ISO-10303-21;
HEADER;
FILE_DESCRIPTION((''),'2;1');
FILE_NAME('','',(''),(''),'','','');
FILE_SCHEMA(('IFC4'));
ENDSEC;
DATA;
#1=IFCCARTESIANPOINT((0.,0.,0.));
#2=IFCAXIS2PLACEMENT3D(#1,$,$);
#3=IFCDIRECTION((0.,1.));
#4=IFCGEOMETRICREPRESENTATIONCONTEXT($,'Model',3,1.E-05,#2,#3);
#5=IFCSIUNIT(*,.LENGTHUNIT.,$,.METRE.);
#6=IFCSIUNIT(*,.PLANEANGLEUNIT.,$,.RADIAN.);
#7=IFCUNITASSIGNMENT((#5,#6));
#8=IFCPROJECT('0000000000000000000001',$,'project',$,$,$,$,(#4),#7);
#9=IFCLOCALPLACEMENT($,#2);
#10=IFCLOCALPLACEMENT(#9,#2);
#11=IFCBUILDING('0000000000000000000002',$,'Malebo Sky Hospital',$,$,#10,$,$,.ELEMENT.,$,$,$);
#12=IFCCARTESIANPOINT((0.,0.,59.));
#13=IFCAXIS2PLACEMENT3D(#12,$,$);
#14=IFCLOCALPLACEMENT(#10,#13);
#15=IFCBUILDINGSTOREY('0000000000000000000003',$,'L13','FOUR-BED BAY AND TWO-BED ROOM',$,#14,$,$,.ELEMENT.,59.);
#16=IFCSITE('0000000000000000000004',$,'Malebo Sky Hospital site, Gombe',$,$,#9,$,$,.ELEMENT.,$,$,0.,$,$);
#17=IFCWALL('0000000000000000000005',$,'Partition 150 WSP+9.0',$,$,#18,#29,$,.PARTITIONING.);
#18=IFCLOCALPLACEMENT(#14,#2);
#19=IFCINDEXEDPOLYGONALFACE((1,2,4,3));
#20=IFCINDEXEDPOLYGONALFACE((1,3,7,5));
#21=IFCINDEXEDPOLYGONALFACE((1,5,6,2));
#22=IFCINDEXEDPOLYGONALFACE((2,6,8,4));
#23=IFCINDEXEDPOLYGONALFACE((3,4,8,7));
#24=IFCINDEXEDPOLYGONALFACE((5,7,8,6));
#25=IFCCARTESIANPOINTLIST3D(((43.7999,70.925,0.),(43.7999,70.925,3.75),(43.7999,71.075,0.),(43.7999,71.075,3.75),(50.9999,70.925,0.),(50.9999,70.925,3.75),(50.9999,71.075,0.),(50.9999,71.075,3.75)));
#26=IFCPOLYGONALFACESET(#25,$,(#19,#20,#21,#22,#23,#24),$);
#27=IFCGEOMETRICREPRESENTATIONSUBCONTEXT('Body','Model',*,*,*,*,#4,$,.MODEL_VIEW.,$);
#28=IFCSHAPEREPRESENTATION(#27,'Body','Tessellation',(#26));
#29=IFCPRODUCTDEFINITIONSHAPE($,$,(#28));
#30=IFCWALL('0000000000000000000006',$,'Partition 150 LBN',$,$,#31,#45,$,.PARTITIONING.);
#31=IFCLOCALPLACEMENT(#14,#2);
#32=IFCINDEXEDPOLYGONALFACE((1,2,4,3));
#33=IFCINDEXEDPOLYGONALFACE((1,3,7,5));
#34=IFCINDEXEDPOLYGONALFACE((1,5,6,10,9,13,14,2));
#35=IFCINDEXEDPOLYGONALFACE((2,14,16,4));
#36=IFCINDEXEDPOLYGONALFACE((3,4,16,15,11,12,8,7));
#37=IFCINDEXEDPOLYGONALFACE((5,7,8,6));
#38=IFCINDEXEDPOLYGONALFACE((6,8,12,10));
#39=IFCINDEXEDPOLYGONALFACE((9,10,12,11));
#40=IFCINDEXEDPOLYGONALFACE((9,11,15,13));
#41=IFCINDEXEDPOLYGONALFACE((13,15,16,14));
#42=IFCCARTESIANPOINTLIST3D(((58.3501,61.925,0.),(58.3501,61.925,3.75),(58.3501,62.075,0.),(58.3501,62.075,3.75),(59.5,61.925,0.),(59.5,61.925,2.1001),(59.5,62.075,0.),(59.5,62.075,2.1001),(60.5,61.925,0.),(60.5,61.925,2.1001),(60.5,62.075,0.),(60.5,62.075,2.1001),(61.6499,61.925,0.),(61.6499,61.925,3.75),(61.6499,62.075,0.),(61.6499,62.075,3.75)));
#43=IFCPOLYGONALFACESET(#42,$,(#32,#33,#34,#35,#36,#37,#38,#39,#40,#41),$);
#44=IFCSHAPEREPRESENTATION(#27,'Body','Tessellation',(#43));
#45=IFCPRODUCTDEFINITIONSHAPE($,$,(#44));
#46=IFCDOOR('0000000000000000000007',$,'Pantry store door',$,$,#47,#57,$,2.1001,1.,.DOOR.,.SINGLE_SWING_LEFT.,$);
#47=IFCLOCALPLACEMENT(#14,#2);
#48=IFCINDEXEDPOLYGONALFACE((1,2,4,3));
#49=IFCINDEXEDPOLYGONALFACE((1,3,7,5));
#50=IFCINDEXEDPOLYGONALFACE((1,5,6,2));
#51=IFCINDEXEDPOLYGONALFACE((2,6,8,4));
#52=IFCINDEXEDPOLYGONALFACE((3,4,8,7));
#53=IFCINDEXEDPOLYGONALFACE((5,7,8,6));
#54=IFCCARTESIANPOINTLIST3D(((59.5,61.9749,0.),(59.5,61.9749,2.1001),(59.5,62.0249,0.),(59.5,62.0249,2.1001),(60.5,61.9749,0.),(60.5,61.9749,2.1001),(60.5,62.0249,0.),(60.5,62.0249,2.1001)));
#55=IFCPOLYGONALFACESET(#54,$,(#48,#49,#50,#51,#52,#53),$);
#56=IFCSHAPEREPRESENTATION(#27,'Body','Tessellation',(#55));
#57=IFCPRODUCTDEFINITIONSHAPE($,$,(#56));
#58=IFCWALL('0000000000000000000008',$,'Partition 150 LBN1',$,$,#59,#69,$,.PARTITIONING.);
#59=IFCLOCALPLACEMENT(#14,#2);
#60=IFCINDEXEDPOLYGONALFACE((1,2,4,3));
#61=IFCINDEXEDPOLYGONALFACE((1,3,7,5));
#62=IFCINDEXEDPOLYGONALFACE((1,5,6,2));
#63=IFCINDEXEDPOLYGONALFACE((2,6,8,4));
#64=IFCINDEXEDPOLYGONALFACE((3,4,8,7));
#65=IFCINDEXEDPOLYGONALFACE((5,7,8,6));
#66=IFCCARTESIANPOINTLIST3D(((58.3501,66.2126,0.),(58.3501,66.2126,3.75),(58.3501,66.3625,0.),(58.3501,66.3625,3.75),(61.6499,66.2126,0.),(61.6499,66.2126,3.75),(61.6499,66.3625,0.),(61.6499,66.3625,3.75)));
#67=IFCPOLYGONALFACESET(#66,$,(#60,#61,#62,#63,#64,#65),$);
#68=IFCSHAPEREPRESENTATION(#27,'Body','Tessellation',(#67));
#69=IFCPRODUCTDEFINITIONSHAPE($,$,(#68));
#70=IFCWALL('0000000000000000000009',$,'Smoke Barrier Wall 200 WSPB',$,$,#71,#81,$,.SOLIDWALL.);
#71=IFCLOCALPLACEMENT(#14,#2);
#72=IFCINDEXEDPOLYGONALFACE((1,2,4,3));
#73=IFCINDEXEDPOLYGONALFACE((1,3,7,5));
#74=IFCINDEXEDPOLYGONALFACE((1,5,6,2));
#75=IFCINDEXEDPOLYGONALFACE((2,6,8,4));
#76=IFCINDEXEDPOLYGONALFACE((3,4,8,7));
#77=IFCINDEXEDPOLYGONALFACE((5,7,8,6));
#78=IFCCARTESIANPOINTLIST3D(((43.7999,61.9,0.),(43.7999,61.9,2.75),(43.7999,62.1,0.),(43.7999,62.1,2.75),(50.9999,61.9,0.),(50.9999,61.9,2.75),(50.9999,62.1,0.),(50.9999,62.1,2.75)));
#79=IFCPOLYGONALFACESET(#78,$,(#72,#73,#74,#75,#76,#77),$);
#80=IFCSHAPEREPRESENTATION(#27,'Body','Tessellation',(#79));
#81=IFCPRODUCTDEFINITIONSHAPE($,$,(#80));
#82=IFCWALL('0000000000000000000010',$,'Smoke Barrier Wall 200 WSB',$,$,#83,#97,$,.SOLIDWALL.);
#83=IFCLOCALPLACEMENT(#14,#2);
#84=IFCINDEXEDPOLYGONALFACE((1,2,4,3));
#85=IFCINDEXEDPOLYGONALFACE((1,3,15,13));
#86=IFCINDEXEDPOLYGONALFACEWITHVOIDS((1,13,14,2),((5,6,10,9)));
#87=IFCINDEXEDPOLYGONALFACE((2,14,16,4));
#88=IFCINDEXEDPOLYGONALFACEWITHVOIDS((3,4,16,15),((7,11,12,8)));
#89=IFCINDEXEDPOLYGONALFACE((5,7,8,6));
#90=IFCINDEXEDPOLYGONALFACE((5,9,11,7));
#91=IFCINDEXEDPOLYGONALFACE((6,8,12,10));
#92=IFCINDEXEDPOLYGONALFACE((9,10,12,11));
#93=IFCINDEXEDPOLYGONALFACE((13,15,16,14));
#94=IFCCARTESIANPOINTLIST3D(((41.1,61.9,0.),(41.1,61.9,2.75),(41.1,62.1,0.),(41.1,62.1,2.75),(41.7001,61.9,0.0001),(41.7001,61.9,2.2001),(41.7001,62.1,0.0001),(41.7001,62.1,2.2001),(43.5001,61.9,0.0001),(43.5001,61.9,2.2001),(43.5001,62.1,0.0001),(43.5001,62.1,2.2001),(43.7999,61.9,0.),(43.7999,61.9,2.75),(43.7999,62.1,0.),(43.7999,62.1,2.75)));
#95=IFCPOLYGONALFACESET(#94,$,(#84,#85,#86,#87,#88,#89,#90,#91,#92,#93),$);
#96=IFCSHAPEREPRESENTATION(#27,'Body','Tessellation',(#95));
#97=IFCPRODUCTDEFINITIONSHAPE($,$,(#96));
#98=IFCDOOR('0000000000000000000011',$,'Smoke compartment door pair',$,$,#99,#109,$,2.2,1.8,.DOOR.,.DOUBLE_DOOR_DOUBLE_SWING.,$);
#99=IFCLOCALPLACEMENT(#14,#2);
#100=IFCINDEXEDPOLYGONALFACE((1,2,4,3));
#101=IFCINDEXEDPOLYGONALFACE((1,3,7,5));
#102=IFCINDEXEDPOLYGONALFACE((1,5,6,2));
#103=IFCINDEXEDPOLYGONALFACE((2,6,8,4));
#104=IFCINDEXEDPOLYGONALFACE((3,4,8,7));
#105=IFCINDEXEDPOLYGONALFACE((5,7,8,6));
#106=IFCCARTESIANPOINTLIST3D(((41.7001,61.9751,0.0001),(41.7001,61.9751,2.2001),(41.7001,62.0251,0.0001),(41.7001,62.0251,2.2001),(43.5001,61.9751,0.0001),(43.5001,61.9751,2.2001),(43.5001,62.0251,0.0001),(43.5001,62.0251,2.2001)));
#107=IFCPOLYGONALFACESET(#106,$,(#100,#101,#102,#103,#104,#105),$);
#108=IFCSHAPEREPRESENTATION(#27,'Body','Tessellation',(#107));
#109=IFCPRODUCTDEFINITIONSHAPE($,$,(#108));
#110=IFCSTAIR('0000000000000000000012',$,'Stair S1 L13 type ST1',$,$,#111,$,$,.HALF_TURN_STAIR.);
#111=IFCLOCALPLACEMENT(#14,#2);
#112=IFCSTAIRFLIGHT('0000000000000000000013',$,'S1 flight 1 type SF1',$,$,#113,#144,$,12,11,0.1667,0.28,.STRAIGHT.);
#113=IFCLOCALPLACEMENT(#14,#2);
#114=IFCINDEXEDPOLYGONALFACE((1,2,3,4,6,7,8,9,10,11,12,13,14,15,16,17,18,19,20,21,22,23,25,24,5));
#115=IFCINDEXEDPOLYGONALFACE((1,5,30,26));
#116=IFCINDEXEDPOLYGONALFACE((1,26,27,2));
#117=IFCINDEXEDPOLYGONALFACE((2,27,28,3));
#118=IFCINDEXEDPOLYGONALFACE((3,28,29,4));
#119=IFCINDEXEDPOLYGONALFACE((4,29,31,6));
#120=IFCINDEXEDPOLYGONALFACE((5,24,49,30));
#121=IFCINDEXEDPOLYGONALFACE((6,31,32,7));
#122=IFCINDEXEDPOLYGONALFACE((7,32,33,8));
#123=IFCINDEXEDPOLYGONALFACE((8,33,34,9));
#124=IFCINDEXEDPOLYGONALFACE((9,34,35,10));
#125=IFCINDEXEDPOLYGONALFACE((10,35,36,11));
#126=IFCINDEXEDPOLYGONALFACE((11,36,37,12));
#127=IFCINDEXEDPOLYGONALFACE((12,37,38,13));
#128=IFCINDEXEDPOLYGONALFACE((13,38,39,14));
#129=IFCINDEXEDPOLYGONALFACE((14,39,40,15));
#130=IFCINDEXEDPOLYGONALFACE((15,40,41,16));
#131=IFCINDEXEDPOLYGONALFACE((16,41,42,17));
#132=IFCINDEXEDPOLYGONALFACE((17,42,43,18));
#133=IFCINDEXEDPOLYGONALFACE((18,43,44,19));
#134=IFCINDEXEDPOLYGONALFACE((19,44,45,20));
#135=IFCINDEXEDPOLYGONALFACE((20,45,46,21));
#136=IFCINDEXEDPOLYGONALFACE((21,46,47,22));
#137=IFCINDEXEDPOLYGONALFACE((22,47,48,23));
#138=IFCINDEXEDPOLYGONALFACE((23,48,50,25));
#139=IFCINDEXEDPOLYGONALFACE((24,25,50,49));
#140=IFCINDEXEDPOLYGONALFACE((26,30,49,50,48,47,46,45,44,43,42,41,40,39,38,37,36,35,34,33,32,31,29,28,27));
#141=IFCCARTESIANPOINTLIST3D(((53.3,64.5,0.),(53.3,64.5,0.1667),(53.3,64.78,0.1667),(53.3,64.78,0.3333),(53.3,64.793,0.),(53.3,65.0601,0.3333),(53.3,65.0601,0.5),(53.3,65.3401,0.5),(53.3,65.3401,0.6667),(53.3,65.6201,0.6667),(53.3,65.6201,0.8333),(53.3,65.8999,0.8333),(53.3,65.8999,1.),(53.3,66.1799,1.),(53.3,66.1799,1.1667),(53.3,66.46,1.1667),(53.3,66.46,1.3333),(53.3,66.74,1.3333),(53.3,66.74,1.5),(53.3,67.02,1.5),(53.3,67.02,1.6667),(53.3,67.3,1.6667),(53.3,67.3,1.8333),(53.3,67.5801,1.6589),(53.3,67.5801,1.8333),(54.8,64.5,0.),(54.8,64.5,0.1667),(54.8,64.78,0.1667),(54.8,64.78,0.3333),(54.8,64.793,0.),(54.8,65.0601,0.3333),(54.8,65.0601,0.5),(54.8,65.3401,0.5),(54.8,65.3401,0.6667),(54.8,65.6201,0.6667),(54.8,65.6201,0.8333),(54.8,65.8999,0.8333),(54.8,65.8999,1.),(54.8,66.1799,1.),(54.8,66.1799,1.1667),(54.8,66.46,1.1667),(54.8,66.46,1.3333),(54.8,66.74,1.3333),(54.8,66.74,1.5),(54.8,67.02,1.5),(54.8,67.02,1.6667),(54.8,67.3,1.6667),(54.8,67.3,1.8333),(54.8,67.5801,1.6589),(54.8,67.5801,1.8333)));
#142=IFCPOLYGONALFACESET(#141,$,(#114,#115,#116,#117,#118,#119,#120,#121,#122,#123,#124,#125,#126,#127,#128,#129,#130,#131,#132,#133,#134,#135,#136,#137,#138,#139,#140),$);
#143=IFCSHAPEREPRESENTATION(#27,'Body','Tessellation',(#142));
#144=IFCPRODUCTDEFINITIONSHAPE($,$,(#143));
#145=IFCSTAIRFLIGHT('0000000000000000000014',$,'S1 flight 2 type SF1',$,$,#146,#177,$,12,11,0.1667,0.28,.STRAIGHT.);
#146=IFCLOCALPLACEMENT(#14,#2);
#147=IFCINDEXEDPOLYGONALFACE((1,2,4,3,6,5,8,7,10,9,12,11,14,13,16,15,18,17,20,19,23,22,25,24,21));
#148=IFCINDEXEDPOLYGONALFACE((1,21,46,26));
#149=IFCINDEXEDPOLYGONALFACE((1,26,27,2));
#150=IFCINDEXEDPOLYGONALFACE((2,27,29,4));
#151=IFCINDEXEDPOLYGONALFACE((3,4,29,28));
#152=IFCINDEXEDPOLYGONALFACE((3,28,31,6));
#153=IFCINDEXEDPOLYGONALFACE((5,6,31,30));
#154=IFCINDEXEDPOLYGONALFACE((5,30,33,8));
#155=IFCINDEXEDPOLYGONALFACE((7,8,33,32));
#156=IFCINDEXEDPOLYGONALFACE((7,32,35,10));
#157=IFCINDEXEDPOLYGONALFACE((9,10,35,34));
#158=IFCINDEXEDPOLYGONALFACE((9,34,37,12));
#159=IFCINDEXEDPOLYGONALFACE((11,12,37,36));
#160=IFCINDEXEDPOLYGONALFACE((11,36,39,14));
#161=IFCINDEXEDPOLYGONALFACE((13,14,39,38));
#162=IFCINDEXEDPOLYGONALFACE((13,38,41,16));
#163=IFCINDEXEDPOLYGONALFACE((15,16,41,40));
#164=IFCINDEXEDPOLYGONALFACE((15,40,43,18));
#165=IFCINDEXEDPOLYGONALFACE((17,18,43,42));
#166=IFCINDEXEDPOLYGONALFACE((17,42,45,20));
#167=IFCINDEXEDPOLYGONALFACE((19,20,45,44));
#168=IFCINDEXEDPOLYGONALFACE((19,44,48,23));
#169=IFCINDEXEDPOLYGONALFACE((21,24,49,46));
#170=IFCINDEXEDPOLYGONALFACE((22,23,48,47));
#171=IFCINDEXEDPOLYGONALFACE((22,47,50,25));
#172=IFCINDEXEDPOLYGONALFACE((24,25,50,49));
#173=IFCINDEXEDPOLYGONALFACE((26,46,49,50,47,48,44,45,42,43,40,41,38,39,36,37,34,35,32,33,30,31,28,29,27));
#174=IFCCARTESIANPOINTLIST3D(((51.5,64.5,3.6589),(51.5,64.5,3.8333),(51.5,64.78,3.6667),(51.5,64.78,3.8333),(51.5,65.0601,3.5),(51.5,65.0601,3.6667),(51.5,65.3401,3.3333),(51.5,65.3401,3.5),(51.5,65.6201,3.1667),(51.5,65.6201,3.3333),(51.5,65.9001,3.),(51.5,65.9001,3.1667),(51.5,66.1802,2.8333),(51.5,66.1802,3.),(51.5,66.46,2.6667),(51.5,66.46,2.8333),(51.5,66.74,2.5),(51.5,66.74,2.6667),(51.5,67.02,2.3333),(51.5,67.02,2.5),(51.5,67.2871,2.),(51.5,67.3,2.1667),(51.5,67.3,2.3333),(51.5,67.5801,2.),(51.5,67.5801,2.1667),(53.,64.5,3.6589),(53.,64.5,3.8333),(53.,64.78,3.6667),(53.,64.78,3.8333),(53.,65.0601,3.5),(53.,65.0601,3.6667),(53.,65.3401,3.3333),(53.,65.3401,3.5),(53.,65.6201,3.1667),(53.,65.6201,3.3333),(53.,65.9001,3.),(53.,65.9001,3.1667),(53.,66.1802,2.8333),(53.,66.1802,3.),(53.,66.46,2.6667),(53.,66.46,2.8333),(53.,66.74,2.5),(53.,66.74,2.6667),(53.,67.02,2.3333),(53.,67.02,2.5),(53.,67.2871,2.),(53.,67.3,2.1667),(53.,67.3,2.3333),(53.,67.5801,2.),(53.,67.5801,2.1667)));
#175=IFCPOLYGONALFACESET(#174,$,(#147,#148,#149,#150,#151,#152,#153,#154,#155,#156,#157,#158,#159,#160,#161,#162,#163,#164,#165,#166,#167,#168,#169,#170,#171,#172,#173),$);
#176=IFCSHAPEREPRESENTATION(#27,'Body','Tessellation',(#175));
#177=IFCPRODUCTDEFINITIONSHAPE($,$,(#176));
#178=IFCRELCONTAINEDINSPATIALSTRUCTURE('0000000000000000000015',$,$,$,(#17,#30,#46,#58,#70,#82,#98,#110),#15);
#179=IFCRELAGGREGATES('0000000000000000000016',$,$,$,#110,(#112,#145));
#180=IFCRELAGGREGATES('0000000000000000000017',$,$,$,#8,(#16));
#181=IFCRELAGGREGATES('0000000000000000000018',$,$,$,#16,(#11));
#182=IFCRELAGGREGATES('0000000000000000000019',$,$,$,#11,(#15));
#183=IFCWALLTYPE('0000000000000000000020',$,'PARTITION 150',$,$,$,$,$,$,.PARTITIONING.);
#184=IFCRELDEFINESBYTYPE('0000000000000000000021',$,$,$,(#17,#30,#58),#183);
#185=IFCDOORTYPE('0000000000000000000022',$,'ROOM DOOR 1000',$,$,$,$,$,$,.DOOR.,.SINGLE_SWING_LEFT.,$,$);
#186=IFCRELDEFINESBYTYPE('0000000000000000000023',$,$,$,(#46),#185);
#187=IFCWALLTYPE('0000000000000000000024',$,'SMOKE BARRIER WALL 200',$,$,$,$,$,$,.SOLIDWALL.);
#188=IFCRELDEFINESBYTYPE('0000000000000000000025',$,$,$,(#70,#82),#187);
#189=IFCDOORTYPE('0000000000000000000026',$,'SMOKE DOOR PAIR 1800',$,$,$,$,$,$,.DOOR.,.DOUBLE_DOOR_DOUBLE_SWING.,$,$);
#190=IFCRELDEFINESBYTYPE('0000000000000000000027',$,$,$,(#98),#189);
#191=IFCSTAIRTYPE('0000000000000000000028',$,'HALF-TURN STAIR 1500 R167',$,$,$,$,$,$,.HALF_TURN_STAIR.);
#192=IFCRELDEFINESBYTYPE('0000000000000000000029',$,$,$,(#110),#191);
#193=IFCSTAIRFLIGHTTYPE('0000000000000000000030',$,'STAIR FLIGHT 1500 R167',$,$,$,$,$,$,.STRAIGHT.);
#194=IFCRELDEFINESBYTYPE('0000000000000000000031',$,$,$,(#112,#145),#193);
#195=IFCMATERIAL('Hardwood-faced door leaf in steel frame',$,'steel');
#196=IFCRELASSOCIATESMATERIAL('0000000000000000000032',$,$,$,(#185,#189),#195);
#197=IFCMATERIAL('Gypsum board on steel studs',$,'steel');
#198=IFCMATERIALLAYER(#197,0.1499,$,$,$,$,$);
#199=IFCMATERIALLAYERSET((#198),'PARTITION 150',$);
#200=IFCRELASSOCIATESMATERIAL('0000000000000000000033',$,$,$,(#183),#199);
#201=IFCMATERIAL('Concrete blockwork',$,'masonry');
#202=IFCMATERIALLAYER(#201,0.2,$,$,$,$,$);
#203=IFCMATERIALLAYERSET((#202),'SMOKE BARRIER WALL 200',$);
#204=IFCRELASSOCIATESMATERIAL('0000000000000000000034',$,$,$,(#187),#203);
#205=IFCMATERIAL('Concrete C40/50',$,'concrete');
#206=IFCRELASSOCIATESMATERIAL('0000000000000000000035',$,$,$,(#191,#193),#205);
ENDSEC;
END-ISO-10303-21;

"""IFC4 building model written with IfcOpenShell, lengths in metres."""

from ifc_helpers import new_model, si_unit, direction, frame, frame_2d, origin, place, context, subcontext, project, spatial, polyline, rectangle, outline, extrude, material, layer, layer_set, type_object, element, fill, aggregate, save


model = new_model("IFC4")

# Units and contexts
model_context = context("Model", 3, precision=1e-05, world=origin(), true_north=direction((0.0, 1.0)))
body_context = subcontext(model_context, "Body", "Model", "MODEL_VIEW")
ifc_project = project(units=[si_unit("LENGTHUNIT", "METRE"), si_unit("PLANEANGLEUNIT", "RADIAN")], contexts=[model_context])

# Site, building, storey
site_placement = place(None, origin())
site = spatial("IfcSite", under=ifc_project, at=site_placement, Name="Malebo Sky Hospital site, Gombe", CompositionType="ELEMENT", RefElevation=0.0)
building_placement = place(site_placement, origin())
building = spatial("IfcBuilding", under=site, at=building_placement, Name="Malebo Sky Hospital", CompositionType="ELEMENT")
storey_placement = place(building_placement, frame((0.0, 0.0, 59.0)))
storey = spatial("IfcBuildingStorey", under=building, at=storey_placement, Name="L13", Description="FOUR-BED BAY AND TWO-BED ROOM", CompositionType="ELEMENT", Elevation=59.0)

# Shared definitions
ifc_material_1 = material(Name="Hardwood-faced door leaf in steel frame", Category="steel")
ifc_material_2 = material(Name="Gypsum board on steel studs", Category="steel")
door_type_1 = type_object("IfcDoorType", Name="ROOM DOOR 1000", OperationType="SINGLE_SWING_LEFT", PredefinedType="DOOR", material=ifc_material_1)

# Shared definitions
ifc_layer_1 = layer(ifc_material_2, 0.1499)
ifc_layer_set_1 = layer_set([ifc_layer_1], Name="PARTITION 150")
wall_type_1 = type_object("IfcWallType", Name="PARTITION 150", PredefinedType="PARTITIONING", material=ifc_layer_set_1)

# Wall
wall_1_placement = place(storey_placement, frame((51.0, 71.0, 0.0), z_axis=(0.0, 0.0, 1.0), x_axis=(-1.0, 0.0, 0.0)))
element("IfcWall", 1, at=wall_1_placement, inside=storey, type_object=wall_type_1, Name="Partition 150 WSP+9.0", PredefinedType="PARTITIONING", context=body_context, shape_type="SweptSolid", body=[
    extrude(rectangle(XDim=7.2, YDim=0.1499, at=frame_2d((3.6001, 0.0))), origin(), (0.0, 0.0, 1.0), 3.75),
])

# Wall, opening, door
wall_2_placement = place(storey_placement, frame((58.3501, 62.0, 0.0), z_axis=(0.0, 0.0, 1.0), x_axis=(1.0, 0.0, 0.0)))
wall_2 = element("IfcWall", 2, at=wall_2_placement, inside=storey, type_object=wall_type_1, Name="Partition 150 LBN", PredefinedType="PARTITIONING", context=body_context, shape_type="SweptSolid", body=[
    extrude(rectangle(XDim=3.2998, YDim=0.1499, at=frame_2d((1.6499, 0.0))), origin(), (0.0, 0.0, 1.0), 3.75),
])
opening_1_placement = place(wall_2_placement, frame((1.1499, 0.0, 0.0)))
opening_1 = element("IfcOpeningElement", 3, at=opening_1_placement, cuts=wall_2, PredefinedType="OPENING", context=body_context, shape_type="SweptSolid", body=[
    extrude(rectangle(XDim=1.0, YDim=2.1001, at=frame_2d((0.5, 1.05))), frame((0.0, 0.085, 0.0), z_axis=(0.0, -1.0, 0.0), x_axis=(1.0, 0.0, 0.0)), (0.0, 0.0, 1.0), 0.1699),
])
door_1_placement = place(opening_1_placement, origin())
door_1 = element("IfcDoor", 4, at=door_1_placement, inside=storey, type_object=door_type_1, Name="Pantry store door", OperationType="SINGLE_SWING_LEFT", OverallHeight=2.1001, OverallWidth=1.0, PredefinedType="DOOR", context=body_context, shape_type="SweptSolid", body=[
    extrude(rectangle(XDim=1.0, YDim=2.1001, at=frame_2d((0.5, 1.05))), frame((0.0, 0.0249, 0.0), z_axis=(0.0, -1.0, 0.0), x_axis=(1.0, 0.0, 0.0)), (0.0, 0.0, 1.0), 0.05),
])
fill(opening_1, door_1)

# Walls
wall_3_placement = place(storey_placement, frame((58.3501, 66.2876, 0.0), z_axis=(0.0, 0.0, 1.0), x_axis=(1.0, 0.0, 0.0)))
element("IfcWall", 5, at=wall_3_placement, inside=storey, type_object=wall_type_1, Name="Partition 150 LBN1", PredefinedType="PARTITIONING", context=body_context, shape_type="SweptSolid", body=[
    extrude(rectangle(XDim=3.2998, YDim=0.1499, at=frame_2d((1.6499, 0.0))), origin(), (0.0, 0.0, 1.0), 3.75),
])
ifc_material_3 = material(Name="Concrete blockwork", Category="masonry")
ifc_layer_2 = layer(ifc_material_3, 0.2)
ifc_layer_set_2 = layer_set([ifc_layer_2], Name="SMOKE BARRIER WALL 200")
wall_type_2 = type_object("IfcWallType", Name="SMOKE BARRIER WALL 200", PredefinedType="SOLIDWALL", material=ifc_layer_set_2)
wall_4_placement = place(storey_placement, frame((51.0, 62.0, 0.0), z_axis=(0.0, 0.0, 1.0), x_axis=(-1.0, 0.0, 0.0)))
element("IfcWall", 6, at=wall_4_placement, inside=storey, type_object=wall_type_2, Name="Smoke Barrier Wall 200 WSPB", PredefinedType="SOLIDWALL", context=body_context, shape_type="SweptSolid", body=[
    extrude(rectangle(XDim=7.2, YDim=0.2, at=frame_2d((3.6001, 0.0))), origin(), (0.0, 0.0, 1.0), 2.75),
])

# Wall, opening, door
wall_5_placement = place(storey_placement, frame((43.8, 62.0, 0.0), z_axis=(0.0, 0.0, 1.0), x_axis=(-1.0, 0.0, 0.0)))
wall_5 = element("IfcWall", 7, at=wall_5_placement, inside=storey, type_object=wall_type_2, Name="Smoke Barrier Wall 200 WSB", PredefinedType="SOLIDWALL", context=body_context, shape_type="SweptSolid", body=[
    extrude(rectangle(XDim=2.7, YDim=0.2, at=frame_2d((1.3501, 0.0))), origin(), (0.0, 0.0, 1.0), 2.75),
])
opening_2_placement = place(wall_5_placement, frame((0.3, 0.0, 0.0)))
opening_2 = element("IfcOpeningElement", 8, at=opening_2_placement, cuts=wall_5, PredefinedType="OPENING", context=body_context, shape_type="SweptSolid", body=[
    extrude(rectangle(XDim=1.8, YDim=2.2, at=frame_2d((0.8999, 1.1001))), frame((0.0, 0.1099, 0.0), z_axis=(0.0, -1.0, 0.0), x_axis=(1.0, 0.0, 0.0)), (0.0, 0.0, 1.0), 0.22),
])
door_type_2 = type_object("IfcDoorType", Name="SMOKE DOOR PAIR 1800", OperationType="DOUBLE_DOOR_DOUBLE_SWING", PredefinedType="DOOR", material=ifc_material_1)
door_2_placement = place(opening_2_placement, origin())
door_2 = element("IfcDoor", 9, at=door_2_placement, inside=storey, type_object=door_type_2, Name="Smoke compartment door pair", OperationType="DOUBLE_DOOR_DOUBLE_SWING", OverallHeight=2.2, OverallWidth=1.8, PredefinedType="DOOR", context=body_context, shape_type="SweptSolid", body=[
    extrude(rectangle(XDim=1.8, YDim=2.2, at=frame_2d((0.8999, 1.1001))), frame((0.0, 0.0249, 0.0), z_axis=(0.0, -1.0, 0.0), x_axis=(1.0, 0.0, 0.0)), (0.0, 0.0, 1.0), 0.05),
])
fill(opening_2, door_2)

# Stair, stair flights
ifc_material_4 = material(Name="Concrete C40/50", Category="concrete")
stair_type = type_object("IfcStairType", Name="HALF-TURN STAIR 1500 R167", PredefinedType="HALF_TURN_STAIR", material=ifc_material_4)
stair_placement = place(storey_placement, origin())
stair = element("IfcStair", 10, at=stair_placement, inside=storey, type_object=stair_type, Name="Stair S1 L13 type ST1", PredefinedType="HALF_TURN_STAIR")
stair_flight_type = type_object("IfcStairFlightType", Name="STAIR FLIGHT 1500 R167", PredefinedType="STRAIGHT", material=ifc_material_4)
stair_flight_1_placement = place(storey_placement, frame((54.05, 64.5, 0.0), z_axis=(0.0, 0.0, 1.0), x_axis=(0.0, 1.0, 0.0)))
stair_flight_1 = element("IfcStairFlight", 11, at=stair_flight_1_placement, type_object=stair_flight_type, Name="S1 flight 1 type SF1", NumberOfRisers=12, NumberOfTreads=11, PredefinedType="STRAIGHT", RiserHeight=0.1667, TreadLength=0.28, context=body_context, shape_type="SweptSolid", body=[
    extrude(outline(polyline([(0.0, 0.0), (0.0, 0.1667), (0.28, 0.1667), (0.28, 0.3333), (0.5601, 0.3333), (0.5601, 0.5), (0.8401, 0.5), (0.8401, 0.6667), (1.1201, 0.6667), (1.1201, 0.8333), (1.3999, 0.8333), (1.3999, 1.0), (1.6799, 1.0), (1.6799, 1.1667), (1.96, 1.1667), (1.96, 1.3333), (2.24, 1.3333), (2.24, 1.5), (2.52, 1.5), (2.52, 1.6667), (2.8, 1.6667), (2.8, 1.8333), (3.0801, 1.8333), (3.0801, 2.0), (3.0801, 1.6589), (0.293, 0.0), (0.0, 0.0)])), frame((0.0, 0.75, 0.0), z_axis=(0.0, -1.0, 0.0), x_axis=(1.0, 0.0, 0.0)), (0.0, 0.0, 1.0), 1.5),
])
stair_flight_2_placement = place(storey_placement, frame((52.25, 67.5801, 2.0), z_axis=(0.0, 0.0, 1.0), x_axis=(0.0, -1.0, 0.0)))
stair_flight_2 = element("IfcStairFlight", 12, at=stair_flight_2_placement, type_object=stair_flight_type, Name="S1 flight 2 type SF1", NumberOfRisers=12, NumberOfTreads=11, PredefinedType="STRAIGHT", RiserHeight=0.1667, TreadLength=0.28, context=body_context, shape_type="SweptSolid", body=[
    extrude(outline(polyline([(0.0, 0.0), (0.0, 0.1667), (0.28, 0.1667), (0.28, 0.3333), (0.5601, 0.3333), (0.5601, 0.5), (0.8401, 0.5), (0.8401, 0.6667), (1.1201, 0.6667), (1.1201, 0.8333), (1.3999, 0.8333), (1.3999, 1.0), (1.6799, 1.0), (1.6799, 1.1667), (1.96, 1.1667), (1.96, 1.3333), (2.24, 1.3333), (2.24, 1.5), (2.52, 1.5), (2.52, 1.6667), (2.8, 1.6667), (2.8, 1.8333), (3.0801, 1.8333), (3.0801, 2.0), (3.0801, 1.6589), (0.293, 0.0), (0.0, 0.0)])), frame((0.0, 0.75, 0.0), z_axis=(0.0, -1.0, 0.0), x_axis=(1.0, 0.0, 0.0)), (0.0, 0.0, 1.0), 1.5),
])
aggregate(stair, [stair_flight_1, stair_flight_2])

save(model, "model.ifc")
